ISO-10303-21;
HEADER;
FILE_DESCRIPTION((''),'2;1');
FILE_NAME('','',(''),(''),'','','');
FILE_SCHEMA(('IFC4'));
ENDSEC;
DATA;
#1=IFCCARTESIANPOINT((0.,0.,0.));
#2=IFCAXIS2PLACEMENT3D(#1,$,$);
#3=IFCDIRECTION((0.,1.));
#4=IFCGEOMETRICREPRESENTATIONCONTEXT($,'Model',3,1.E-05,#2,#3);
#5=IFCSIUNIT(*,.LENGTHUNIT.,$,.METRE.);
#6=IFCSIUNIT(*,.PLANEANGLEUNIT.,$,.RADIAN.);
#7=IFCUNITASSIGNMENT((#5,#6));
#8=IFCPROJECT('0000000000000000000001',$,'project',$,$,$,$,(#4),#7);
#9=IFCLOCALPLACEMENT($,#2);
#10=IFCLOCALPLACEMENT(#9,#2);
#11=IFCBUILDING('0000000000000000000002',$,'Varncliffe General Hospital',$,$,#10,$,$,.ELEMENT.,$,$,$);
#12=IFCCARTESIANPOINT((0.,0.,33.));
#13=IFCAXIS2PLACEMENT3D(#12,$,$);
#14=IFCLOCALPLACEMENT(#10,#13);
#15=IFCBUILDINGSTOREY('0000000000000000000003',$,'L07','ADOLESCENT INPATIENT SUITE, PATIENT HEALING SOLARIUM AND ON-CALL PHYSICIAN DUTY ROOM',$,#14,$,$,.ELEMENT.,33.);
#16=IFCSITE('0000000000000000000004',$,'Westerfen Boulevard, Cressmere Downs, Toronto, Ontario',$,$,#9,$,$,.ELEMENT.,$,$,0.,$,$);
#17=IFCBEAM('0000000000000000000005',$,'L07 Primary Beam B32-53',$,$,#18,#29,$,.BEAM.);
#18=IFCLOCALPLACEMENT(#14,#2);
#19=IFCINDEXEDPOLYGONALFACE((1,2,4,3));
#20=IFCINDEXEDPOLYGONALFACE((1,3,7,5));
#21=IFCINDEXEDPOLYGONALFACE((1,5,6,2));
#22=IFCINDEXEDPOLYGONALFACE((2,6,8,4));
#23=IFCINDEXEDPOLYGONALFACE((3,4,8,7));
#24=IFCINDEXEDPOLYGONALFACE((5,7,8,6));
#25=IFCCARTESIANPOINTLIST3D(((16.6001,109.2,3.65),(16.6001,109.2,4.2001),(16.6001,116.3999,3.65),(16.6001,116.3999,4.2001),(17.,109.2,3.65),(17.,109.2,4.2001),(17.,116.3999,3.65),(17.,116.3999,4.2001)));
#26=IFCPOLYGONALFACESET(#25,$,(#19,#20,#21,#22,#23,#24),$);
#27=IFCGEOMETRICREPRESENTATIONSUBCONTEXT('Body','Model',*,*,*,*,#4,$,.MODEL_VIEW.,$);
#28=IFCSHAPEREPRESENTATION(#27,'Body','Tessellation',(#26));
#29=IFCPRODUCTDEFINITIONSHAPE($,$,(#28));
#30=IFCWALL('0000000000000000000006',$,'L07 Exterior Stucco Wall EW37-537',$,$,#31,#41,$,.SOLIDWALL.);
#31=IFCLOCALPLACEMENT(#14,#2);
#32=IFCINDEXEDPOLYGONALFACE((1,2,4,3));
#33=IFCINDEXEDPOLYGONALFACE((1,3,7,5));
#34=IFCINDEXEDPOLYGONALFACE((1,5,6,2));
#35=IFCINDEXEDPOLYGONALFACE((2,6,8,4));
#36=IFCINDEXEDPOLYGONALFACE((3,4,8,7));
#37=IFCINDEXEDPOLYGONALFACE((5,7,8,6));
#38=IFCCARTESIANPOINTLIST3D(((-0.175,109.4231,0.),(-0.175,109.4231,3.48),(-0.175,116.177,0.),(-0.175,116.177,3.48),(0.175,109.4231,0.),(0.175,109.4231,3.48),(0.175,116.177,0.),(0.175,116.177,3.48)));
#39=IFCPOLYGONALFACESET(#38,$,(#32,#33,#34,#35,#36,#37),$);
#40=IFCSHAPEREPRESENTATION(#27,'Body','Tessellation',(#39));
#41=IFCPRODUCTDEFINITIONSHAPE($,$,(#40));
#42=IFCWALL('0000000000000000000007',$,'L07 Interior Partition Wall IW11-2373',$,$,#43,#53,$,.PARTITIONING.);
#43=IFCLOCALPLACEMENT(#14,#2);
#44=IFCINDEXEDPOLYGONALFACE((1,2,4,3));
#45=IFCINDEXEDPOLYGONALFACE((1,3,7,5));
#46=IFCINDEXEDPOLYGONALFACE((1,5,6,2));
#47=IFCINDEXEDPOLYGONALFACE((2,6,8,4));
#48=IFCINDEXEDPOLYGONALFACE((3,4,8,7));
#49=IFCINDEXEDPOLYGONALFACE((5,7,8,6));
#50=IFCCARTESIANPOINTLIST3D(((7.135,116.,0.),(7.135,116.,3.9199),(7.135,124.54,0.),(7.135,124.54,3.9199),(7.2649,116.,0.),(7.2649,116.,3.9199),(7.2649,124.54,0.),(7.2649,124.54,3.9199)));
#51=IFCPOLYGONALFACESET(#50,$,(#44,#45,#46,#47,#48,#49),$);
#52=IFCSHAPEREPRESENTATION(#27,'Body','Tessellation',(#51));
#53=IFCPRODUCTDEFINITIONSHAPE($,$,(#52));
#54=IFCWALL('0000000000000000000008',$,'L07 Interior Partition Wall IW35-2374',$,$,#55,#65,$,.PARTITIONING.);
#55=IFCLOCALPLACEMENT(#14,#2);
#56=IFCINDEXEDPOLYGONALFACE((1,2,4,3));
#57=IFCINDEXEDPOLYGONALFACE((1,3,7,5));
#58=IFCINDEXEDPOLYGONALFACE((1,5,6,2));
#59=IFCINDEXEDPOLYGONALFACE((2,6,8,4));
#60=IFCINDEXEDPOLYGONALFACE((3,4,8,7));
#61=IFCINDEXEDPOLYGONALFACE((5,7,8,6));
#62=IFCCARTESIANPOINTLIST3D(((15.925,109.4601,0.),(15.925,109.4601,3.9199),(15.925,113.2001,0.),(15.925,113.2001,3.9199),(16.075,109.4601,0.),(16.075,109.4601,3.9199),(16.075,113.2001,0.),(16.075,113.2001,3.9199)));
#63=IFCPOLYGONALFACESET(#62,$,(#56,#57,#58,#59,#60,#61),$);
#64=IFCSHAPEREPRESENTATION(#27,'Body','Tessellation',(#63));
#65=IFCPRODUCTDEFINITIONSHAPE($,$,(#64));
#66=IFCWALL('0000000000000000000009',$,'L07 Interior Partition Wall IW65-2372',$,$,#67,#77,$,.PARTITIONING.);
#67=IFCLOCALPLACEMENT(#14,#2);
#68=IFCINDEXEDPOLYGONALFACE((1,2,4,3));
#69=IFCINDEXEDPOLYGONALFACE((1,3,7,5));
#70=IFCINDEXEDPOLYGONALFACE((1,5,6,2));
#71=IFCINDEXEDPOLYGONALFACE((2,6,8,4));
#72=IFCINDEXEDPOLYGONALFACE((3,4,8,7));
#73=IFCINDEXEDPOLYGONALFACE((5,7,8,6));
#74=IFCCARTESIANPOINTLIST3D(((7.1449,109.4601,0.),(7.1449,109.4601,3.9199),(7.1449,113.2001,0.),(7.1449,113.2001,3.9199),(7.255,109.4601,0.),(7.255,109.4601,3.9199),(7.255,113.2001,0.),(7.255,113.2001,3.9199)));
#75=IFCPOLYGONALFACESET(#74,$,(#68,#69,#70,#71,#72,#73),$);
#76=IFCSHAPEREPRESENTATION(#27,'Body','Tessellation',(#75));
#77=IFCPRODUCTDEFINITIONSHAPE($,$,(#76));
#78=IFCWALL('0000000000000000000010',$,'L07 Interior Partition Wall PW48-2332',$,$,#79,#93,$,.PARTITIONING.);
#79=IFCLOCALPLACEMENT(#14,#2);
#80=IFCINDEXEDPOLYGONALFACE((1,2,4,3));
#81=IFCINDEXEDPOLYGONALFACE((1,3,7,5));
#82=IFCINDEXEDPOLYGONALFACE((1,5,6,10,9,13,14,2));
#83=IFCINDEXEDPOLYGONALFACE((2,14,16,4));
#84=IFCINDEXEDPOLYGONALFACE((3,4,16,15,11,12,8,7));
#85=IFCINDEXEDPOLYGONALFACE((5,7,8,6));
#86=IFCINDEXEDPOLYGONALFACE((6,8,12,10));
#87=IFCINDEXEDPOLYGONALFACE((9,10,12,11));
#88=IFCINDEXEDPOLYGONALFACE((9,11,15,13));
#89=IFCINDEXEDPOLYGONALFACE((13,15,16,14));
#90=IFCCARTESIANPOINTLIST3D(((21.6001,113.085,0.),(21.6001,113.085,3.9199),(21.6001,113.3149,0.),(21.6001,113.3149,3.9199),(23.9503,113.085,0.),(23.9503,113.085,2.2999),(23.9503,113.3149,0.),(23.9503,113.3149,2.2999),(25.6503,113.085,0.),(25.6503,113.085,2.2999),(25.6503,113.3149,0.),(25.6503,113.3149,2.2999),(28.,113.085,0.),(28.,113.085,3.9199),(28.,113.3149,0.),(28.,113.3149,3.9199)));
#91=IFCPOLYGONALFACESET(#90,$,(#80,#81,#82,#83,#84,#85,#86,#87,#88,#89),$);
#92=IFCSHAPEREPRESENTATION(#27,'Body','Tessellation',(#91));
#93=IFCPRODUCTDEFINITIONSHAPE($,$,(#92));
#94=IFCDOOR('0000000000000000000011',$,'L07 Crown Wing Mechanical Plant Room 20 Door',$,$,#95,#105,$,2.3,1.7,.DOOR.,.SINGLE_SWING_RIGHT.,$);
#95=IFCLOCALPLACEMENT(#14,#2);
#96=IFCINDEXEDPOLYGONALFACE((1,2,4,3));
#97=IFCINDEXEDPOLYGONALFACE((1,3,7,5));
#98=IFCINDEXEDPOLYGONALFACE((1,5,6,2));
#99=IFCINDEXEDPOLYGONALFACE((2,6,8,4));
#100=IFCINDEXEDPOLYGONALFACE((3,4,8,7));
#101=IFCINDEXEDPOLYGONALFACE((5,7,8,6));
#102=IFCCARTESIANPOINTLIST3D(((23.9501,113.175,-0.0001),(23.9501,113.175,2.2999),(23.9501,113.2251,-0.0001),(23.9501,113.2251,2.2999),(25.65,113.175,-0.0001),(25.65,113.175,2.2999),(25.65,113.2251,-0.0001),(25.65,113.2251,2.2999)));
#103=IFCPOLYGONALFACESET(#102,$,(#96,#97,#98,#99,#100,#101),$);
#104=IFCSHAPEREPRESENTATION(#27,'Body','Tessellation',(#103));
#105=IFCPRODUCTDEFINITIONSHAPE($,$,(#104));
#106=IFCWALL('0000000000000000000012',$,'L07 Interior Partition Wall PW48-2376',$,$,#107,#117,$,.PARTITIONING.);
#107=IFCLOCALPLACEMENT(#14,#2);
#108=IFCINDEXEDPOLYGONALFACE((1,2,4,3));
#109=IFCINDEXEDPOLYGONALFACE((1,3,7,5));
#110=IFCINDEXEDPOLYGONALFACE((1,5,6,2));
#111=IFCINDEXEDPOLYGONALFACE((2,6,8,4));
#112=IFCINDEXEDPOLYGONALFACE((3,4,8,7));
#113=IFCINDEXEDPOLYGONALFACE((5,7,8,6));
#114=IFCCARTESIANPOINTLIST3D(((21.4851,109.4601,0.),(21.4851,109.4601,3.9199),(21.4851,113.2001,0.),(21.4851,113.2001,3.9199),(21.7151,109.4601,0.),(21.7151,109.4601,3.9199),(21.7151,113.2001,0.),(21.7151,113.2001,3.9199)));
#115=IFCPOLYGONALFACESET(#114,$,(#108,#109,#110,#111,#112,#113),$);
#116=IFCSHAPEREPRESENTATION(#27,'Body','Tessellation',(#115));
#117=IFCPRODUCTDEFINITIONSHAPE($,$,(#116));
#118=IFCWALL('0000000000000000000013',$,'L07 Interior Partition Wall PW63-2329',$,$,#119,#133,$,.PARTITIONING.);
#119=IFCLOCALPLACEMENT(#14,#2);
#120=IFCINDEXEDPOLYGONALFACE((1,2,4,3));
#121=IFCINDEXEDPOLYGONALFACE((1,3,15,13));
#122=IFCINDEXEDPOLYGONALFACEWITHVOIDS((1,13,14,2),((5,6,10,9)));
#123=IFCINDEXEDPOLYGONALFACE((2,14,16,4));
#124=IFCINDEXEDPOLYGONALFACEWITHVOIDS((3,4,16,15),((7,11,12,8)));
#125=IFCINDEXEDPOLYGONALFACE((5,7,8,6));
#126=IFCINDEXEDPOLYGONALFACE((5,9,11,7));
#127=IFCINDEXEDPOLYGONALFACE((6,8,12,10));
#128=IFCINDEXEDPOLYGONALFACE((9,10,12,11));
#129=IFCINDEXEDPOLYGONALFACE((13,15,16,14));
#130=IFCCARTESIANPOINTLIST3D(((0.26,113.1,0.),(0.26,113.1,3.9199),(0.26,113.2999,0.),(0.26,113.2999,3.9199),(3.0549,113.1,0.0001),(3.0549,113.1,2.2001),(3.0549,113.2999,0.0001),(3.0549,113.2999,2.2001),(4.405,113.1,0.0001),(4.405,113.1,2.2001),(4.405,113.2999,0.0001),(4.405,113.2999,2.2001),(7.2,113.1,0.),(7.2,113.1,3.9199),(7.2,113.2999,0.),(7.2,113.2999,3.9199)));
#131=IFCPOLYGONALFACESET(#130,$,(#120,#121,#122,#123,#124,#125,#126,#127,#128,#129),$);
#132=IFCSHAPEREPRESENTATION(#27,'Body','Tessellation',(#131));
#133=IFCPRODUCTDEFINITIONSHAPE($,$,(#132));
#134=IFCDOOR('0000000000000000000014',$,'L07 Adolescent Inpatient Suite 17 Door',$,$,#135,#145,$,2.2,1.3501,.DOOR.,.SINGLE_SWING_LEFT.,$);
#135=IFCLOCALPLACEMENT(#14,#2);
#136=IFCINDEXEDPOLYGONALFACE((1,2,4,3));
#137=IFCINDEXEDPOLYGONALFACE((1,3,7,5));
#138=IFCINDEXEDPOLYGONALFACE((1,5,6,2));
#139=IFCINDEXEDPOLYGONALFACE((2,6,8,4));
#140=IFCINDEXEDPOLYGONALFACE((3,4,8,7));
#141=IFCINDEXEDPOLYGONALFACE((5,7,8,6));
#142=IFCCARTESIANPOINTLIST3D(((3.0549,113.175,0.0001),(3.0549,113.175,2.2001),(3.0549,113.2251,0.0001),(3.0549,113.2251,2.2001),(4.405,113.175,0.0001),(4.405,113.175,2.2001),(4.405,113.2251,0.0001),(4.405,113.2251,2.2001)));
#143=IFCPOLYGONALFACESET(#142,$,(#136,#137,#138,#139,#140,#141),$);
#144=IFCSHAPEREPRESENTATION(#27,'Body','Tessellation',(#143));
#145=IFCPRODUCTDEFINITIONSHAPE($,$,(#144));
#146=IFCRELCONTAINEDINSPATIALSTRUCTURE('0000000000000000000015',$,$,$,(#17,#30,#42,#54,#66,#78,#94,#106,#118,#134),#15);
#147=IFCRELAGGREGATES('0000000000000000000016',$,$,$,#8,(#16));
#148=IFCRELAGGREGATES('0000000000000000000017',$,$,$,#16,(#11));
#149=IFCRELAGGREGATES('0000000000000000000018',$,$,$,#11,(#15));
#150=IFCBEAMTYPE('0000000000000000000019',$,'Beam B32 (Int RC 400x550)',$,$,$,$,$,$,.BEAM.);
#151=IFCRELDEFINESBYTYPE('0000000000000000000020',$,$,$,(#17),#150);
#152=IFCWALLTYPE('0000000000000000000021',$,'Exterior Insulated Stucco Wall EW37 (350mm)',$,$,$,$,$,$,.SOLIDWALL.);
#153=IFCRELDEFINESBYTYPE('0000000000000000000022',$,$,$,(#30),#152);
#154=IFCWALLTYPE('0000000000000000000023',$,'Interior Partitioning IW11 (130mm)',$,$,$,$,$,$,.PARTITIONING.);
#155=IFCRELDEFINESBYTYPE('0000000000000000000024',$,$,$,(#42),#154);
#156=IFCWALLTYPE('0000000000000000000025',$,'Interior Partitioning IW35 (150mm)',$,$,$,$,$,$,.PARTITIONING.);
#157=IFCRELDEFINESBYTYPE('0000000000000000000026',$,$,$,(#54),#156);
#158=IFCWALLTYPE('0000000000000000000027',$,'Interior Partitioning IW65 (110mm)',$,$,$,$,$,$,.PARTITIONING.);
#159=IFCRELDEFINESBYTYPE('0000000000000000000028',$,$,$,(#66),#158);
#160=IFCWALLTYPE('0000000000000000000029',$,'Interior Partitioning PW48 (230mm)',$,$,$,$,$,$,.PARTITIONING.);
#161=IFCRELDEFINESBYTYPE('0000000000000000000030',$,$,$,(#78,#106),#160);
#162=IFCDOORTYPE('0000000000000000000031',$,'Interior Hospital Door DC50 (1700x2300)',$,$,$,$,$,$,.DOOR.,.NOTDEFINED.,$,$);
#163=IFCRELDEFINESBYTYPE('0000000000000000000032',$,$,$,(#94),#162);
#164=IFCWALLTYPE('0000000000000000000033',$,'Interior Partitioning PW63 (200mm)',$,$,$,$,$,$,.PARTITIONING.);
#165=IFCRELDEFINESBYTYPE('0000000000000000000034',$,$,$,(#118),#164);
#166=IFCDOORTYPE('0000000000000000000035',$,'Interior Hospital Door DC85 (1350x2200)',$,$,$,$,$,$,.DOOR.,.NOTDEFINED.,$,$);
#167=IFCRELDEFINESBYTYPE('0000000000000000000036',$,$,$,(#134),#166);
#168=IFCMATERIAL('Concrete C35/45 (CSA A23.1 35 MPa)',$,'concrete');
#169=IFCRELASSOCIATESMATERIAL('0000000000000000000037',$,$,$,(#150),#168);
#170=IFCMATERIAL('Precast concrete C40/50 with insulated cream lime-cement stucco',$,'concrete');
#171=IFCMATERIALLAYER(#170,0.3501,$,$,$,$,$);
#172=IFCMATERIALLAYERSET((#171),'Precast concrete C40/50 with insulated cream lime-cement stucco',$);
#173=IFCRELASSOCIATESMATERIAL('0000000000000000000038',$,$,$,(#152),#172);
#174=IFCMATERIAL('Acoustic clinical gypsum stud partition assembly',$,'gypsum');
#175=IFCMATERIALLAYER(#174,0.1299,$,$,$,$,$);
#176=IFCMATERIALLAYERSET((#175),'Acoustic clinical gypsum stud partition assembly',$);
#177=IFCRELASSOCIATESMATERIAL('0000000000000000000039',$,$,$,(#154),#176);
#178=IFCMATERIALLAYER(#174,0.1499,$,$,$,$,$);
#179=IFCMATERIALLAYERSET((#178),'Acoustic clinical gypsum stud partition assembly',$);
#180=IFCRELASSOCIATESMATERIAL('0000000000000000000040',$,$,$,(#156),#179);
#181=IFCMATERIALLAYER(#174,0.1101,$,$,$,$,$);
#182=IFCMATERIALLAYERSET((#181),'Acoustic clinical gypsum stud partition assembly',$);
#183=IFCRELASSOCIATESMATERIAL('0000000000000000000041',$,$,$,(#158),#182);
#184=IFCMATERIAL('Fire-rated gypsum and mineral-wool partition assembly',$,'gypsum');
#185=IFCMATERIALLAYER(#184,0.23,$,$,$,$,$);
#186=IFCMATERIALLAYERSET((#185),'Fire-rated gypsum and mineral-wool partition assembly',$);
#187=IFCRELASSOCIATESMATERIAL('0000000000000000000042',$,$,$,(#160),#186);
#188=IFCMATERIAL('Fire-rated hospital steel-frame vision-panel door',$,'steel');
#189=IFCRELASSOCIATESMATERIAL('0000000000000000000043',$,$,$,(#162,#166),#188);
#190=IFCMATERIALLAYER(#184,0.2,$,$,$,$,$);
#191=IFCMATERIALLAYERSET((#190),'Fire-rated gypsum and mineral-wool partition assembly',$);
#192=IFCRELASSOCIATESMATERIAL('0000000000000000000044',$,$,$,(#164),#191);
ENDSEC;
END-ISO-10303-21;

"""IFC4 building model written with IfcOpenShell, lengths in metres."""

from ifc_helpers import new_model, si_unit, direction, frame, frame_2d, origin, origin_2d, place, context, subcontext, project, spatial, rectangle, extrude, material, layer, layer_set, material_profile, profile_set, type_object, element, fill, save


model = new_model("IFC4")

# Units and contexts
model_context = context("Model", 3, precision=1e-05, world=origin(), true_north=direction((0.0, 1.0)))
body_context = subcontext(model_context, "Body", "Model", "MODEL_VIEW")
ifc_project = project(units=[si_unit("LENGTHUNIT", "METRE"), si_unit("PLANEANGLEUNIT", "RADIAN")], contexts=[model_context])

# Site, building, storey
site_placement = place(None, origin())
site = spatial("IfcSite", under=ifc_project, at=site_placement, Name="Westerfen Boulevard, Cressmere Downs, Toronto, Ontario", CompositionType="ELEMENT", RefElevation=0.0)
building_placement = place(site_placement, origin())
building = spatial("IfcBuilding", under=site, at=building_placement, Name="Varncliffe General Hospital", CompositionType="ELEMENT")
storey_placement = place(building_placement, frame((0.0, 0.0, 33.0)))
storey = spatial("IfcBuildingStorey", under=building, at=storey_placement, Name="L07", Description="ADOLESCENT INPATIENT SUITE, PATIENT HEALING SOLARIUM AND ON-CALL PHYSICIAN DUTY ROOM", CompositionType="ELEMENT", Elevation=33.0)

# Beam
ifc_material_1 = material(Name="Concrete C35/45 (CSA A23.1 35 MPa)", Category="concrete")
ifc_material_profile = material_profile(ifc_material_1, rectangle(XDim=0.3999, YDim=0.55, at=origin_2d()), Name="RC 400x550")
ifc_profile_set = profile_set([ifc_material_profile], Name="Concrete C35/45 (CSA A23.1 35 MPa)")
beam_type = type_object("IfcBeamType", Name="Beam B32 (Int RC 400x550)", PredefinedType="BEAM", material=ifc_profile_set)
beam_placement = place(storey_placement, frame((16.8, 109.2, 3.925), z_axis=(0.0, 1.0, 0.0), x_axis=(-1.0, 0.0, 0.0)))
element("IfcBeam", 1, at=beam_placement, inside=storey, type_object=beam_type, Name="L07 Primary Beam B32-53", PredefinedType="BEAM", context=body_context, shape_type="SweptSolid", body=[
    extrude(rectangle(XDim=0.3999, YDim=0.55, at=origin_2d()), origin(), (0.0, 0.0, 1.0), 7.2),
])

# Walls
ifc_material_2 = material(Name="Precast concrete C40/50 with insulated cream lime-cement stucco", Category="concrete")
ifc_layer_1 = layer(ifc_material_2, 0.3501)
ifc_layer_set_1 = layer_set([ifc_layer_1], Name="Precast concrete C40/50 with insulated cream lime-cement stucco")
wall_type_1 = type_object("IfcWallType", Name="Exterior Insulated Stucco Wall EW37 (350mm)", PredefinedType="SOLIDWALL", material=ifc_layer_set_1)
wall_1_placement = place(storey_placement, frame((0.0, 109.4231, 0.0), z_axis=(0.0, 0.0, 1.0), x_axis=(0.0, 1.0, 0.0)))
element("IfcWall", 2, at=wall_1_placement, inside=storey, type_object=wall_type_1, Name="L07 Exterior Stucco Wall EW37-537", PredefinedType="SOLIDWALL", context=body_context, shape_type="SweptSolid", body=[
    extrude(rectangle(XDim=6.7539, YDim=0.3501, at=frame_2d((3.377, 0.0))), origin(), (0.0, 0.0, 1.0), 3.48),
])
ifc_material_3 = material(Name="Acoustic clinical gypsum stud partition assembly", Category="gypsum")
ifc_layer_2 = layer(ifc_material_3, 0.1299)
ifc_layer_set_2 = layer_set([ifc_layer_2], Name="Acoustic clinical gypsum stud partition assembly")
wall_type_2 = type_object("IfcWallType", Name="Interior Partitioning IW11 (130mm)", PredefinedType="PARTITIONING", material=ifc_layer_set_2)
wall_2_placement = place(storey_placement, frame((7.2, 116.0, 0.0), z_axis=(0.0, 0.0, 1.0), x_axis=(0.0, 1.0, 0.0)))
element("IfcWall", 3, at=wall_2_placement, inside=storey, type_object=wall_type_2, Name="L07 Interior Partition Wall IW11-2373", PredefinedType="PARTITIONING", context=body_context, shape_type="SweptSolid", body=[
    extrude(rectangle(XDim=8.54, YDim=0.1299, at=frame_2d((4.27, 0.0))), origin(), (0.0, 0.0, 1.0), 3.9199),
])
ifc_layer_3 = layer(ifc_material_3, 0.1499)
ifc_layer_set_3 = layer_set([ifc_layer_3], Name="Acoustic clinical gypsum stud partition assembly")
wall_type_3 = type_object("IfcWallType", Name="Interior Partitioning IW35 (150mm)", PredefinedType="PARTITIONING", material=ifc_layer_set_3)
wall_3_placement = place(storey_placement, frame((16.0, 109.46, 0.0), z_axis=(0.0, 0.0, 1.0), x_axis=(0.0, 1.0, 0.0)))
element("IfcWall", 4, at=wall_3_placement, inside=storey, type_object=wall_type_3, Name="L07 Interior Partition Wall IW35-2374", PredefinedType="PARTITIONING", context=body_context, shape_type="SweptSolid", body=[
    extrude(rectangle(XDim=3.74, YDim=0.1499, at=frame_2d((1.8701, 0.0))), origin(), (0.0, 0.0, 1.0), 3.9199),
])
ifc_layer_4 = layer(ifc_material_3, 0.1101)
ifc_layer_set_4 = layer_set([ifc_layer_4], Name="Acoustic clinical gypsum stud partition assembly")
wall_type_4 = type_object("IfcWallType", Name="Interior Partitioning IW65 (110mm)", PredefinedType="PARTITIONING", material=ifc_layer_set_4)
wall_4_placement = place(storey_placement, frame((7.2, 109.46, 0.0), z_axis=(0.0, 0.0, 1.0), x_axis=(0.0, 1.0, 0.0)))
element("IfcWall", 5, at=wall_4_placement, inside=storey, type_object=wall_type_4, Name="L07 Interior Partition Wall IW65-2372", PredefinedType="PARTITIONING", context=body_context, shape_type="SweptSolid", body=[
    extrude(rectangle(XDim=3.74, YDim=0.1101, at=frame_2d((1.8701, 0.0))), origin(), (0.0, 0.0, 1.0), 3.9199),
])

# Wall, opening, door
ifc_material_4 = material(Name="Fire-rated gypsum and mineral-wool partition assembly", Category="gypsum")
ifc_layer_5 = layer(ifc_material_4, 0.23)
ifc_layer_set_5 = layer_set([ifc_layer_5], Name="Fire-rated gypsum and mineral-wool partition assembly")
wall_type_5 = type_object("IfcWallType", Name="Interior Partitioning PW48 (230mm)", PredefinedType="PARTITIONING", material=ifc_layer_set_5)
wall_5_placement = place(storey_placement, frame((21.6001, 113.2, 0.0), z_axis=(0.0, 0.0, 1.0), x_axis=(1.0, 0.0, 0.0)))
wall_5 = element("IfcWall", 6, at=wall_5_placement, inside=storey, type_object=wall_type_5, Name="L07 Interior Partition Wall PW48-2332", PredefinedType="PARTITIONING", context=body_context, shape_type="SweptSolid", body=[
    extrude(rectangle(XDim=6.3999, YDim=0.23, at=frame_2d((3.2, 0.0))), origin(), (0.0, 0.0, 1.0), 3.9199),
])
opening_1_placement = place(wall_5_placement, frame((2.3501, 0.0, 0.0)))
opening_1 = element("IfcOpeningElement", 7, at=opening_1_placement, cuts=wall_5, PredefinedType="OPENING", context=body_context, shape_type="SweptSolid", body=[
    extrude(rectangle(XDim=1.7, YDim=2.3, at=frame_2d((0.8501, 1.1499))), frame((0.0, 0.125, 0.0), z_axis=(0.0, -1.0, 0.0), x_axis=(1.0, 0.0, 0.0)), (0.0, 0.0, 1.0), 0.25),
])
ifc_material_5 = material(Name="Fire-rated hospital steel-frame vision-panel door", Category="steel")
door_type_1 = type_object("IfcDoorType", Name="Interior Hospital Door DC50 (1700x2300)", OperationType="NOTDEFINED", PredefinedType="DOOR", material=ifc_material_5)
door_1_placement = place(opening_1_placement, frame((1.7, 0.0, 0.0), z_axis=(0.0, 0.0, 1.0), x_axis=(-1.0, 0.0, 0.0)))
door_1 = element("IfcDoor", 8, at=door_1_placement, inside=storey, type_object=door_type_1, Name="L07 Crown Wing Mechanical Plant Room 20 Door", OperationType="SINGLE_SWING_RIGHT", OverallHeight=2.3, OverallWidth=1.7, PredefinedType="DOOR", context=body_context, shape_type="SweptSolid", body=[
    extrude(rectangle(XDim=1.7, YDim=2.3, at=frame_2d((0.8501, 1.1499))), frame((0.0, 0.0249, 0.0), z_axis=(0.0, -1.0, 0.0), x_axis=(1.0, 0.0, 0.0)), (0.0, 0.0, 1.0), 0.05),
])
fill(opening_1, door_1)

# Wall
wall_6_placement = place(storey_placement, frame((21.6001, 109.46, 0.0), z_axis=(0.0, 0.0, 1.0), x_axis=(0.0, 1.0, 0.0)))
element("IfcWall", 9, at=wall_6_placement, inside=storey, type_object=wall_type_5, Name="L07 Interior Partition Wall PW48-2376", PredefinedType="PARTITIONING", context=body_context, shape_type="SweptSolid", body=[
    extrude(rectangle(XDim=3.74, YDim=0.23, at=frame_2d((1.8701, 0.0))), origin(), (0.0, 0.0, 1.0), 3.9199),
])

# Wall, opening, door
ifc_layer_6 = layer(ifc_material_4, 0.2)
ifc_layer_set_6 = layer_set([ifc_layer_6], Name="Fire-rated gypsum and mineral-wool partition assembly")
wall_type_6 = type_object("IfcWallType", Name="Interior Partitioning PW63 (200mm)", PredefinedType="PARTITIONING", material=ifc_layer_set_6)
wall_7_placement = place(storey_placement, frame((0.26, 113.2, 0.0), z_axis=(0.0, 0.0, 1.0), x_axis=(1.0, 0.0, 0.0)))
wall_7 = element("IfcWall", 10, at=wall_7_placement, inside=storey, type_object=wall_type_6, Name="L07 Interior Partition Wall PW63-2329", PredefinedType="PARTITIONING", context=body_context, shape_type="SweptSolid", body=[
    extrude(rectangle(XDim=6.9399, YDim=0.2, at=frame_2d((3.47, 0.0))), origin(), (0.0, 0.0, 1.0), 3.9199),
])
opening_2_placement = place(wall_7_placement, frame((2.7949, 0.0, 0.0)))
opening_2 = element("IfcOpeningElement", 11, at=opening_2_placement, cuts=wall_7, PredefinedType="OPENING", context=body_context, shape_type="SweptSolid", body=[
    extrude(rectangle(XDim=1.3501, YDim=2.2, at=frame_2d((0.675, 1.1001))), frame((0.0, 0.1099, 0.0), z_axis=(0.0, -1.0, 0.0), x_axis=(1.0, 0.0, 0.0)), (0.0, 0.0, 1.0), 0.22),
])
door_type_2 = type_object("IfcDoorType", Name="Interior Hospital Door DC85 (1350x2200)", OperationType="NOTDEFINED", PredefinedType="DOOR", material=ifc_material_5)
door_2_placement = place(opening_2_placement, frame((1.3501, 0.0, 0.0), z_axis=(0.0, 0.0, 1.0), x_axis=(-1.0, 0.0, 0.0)))
door_2 = element("IfcDoor", 12, at=door_2_placement, inside=storey, type_object=door_type_2, Name="L07 Adolescent Inpatient Suite 17 Door", OperationType="SINGLE_SWING_LEFT", OverallHeight=2.2, OverallWidth=1.3501, PredefinedType="DOOR", context=body_context, shape_type="SweptSolid", body=[
    extrude(rectangle(XDim=1.3501, YDim=2.2, at=frame_2d((0.675, 1.1001))), frame((0.0, 0.0249, 0.0), z_axis=(0.0, -1.0, 0.0), x_axis=(1.0, 0.0, 0.0)), (0.0, 0.0, 1.0), 0.05),
])
fill(opening_2, door_2)

save(model, "model.ifc")
